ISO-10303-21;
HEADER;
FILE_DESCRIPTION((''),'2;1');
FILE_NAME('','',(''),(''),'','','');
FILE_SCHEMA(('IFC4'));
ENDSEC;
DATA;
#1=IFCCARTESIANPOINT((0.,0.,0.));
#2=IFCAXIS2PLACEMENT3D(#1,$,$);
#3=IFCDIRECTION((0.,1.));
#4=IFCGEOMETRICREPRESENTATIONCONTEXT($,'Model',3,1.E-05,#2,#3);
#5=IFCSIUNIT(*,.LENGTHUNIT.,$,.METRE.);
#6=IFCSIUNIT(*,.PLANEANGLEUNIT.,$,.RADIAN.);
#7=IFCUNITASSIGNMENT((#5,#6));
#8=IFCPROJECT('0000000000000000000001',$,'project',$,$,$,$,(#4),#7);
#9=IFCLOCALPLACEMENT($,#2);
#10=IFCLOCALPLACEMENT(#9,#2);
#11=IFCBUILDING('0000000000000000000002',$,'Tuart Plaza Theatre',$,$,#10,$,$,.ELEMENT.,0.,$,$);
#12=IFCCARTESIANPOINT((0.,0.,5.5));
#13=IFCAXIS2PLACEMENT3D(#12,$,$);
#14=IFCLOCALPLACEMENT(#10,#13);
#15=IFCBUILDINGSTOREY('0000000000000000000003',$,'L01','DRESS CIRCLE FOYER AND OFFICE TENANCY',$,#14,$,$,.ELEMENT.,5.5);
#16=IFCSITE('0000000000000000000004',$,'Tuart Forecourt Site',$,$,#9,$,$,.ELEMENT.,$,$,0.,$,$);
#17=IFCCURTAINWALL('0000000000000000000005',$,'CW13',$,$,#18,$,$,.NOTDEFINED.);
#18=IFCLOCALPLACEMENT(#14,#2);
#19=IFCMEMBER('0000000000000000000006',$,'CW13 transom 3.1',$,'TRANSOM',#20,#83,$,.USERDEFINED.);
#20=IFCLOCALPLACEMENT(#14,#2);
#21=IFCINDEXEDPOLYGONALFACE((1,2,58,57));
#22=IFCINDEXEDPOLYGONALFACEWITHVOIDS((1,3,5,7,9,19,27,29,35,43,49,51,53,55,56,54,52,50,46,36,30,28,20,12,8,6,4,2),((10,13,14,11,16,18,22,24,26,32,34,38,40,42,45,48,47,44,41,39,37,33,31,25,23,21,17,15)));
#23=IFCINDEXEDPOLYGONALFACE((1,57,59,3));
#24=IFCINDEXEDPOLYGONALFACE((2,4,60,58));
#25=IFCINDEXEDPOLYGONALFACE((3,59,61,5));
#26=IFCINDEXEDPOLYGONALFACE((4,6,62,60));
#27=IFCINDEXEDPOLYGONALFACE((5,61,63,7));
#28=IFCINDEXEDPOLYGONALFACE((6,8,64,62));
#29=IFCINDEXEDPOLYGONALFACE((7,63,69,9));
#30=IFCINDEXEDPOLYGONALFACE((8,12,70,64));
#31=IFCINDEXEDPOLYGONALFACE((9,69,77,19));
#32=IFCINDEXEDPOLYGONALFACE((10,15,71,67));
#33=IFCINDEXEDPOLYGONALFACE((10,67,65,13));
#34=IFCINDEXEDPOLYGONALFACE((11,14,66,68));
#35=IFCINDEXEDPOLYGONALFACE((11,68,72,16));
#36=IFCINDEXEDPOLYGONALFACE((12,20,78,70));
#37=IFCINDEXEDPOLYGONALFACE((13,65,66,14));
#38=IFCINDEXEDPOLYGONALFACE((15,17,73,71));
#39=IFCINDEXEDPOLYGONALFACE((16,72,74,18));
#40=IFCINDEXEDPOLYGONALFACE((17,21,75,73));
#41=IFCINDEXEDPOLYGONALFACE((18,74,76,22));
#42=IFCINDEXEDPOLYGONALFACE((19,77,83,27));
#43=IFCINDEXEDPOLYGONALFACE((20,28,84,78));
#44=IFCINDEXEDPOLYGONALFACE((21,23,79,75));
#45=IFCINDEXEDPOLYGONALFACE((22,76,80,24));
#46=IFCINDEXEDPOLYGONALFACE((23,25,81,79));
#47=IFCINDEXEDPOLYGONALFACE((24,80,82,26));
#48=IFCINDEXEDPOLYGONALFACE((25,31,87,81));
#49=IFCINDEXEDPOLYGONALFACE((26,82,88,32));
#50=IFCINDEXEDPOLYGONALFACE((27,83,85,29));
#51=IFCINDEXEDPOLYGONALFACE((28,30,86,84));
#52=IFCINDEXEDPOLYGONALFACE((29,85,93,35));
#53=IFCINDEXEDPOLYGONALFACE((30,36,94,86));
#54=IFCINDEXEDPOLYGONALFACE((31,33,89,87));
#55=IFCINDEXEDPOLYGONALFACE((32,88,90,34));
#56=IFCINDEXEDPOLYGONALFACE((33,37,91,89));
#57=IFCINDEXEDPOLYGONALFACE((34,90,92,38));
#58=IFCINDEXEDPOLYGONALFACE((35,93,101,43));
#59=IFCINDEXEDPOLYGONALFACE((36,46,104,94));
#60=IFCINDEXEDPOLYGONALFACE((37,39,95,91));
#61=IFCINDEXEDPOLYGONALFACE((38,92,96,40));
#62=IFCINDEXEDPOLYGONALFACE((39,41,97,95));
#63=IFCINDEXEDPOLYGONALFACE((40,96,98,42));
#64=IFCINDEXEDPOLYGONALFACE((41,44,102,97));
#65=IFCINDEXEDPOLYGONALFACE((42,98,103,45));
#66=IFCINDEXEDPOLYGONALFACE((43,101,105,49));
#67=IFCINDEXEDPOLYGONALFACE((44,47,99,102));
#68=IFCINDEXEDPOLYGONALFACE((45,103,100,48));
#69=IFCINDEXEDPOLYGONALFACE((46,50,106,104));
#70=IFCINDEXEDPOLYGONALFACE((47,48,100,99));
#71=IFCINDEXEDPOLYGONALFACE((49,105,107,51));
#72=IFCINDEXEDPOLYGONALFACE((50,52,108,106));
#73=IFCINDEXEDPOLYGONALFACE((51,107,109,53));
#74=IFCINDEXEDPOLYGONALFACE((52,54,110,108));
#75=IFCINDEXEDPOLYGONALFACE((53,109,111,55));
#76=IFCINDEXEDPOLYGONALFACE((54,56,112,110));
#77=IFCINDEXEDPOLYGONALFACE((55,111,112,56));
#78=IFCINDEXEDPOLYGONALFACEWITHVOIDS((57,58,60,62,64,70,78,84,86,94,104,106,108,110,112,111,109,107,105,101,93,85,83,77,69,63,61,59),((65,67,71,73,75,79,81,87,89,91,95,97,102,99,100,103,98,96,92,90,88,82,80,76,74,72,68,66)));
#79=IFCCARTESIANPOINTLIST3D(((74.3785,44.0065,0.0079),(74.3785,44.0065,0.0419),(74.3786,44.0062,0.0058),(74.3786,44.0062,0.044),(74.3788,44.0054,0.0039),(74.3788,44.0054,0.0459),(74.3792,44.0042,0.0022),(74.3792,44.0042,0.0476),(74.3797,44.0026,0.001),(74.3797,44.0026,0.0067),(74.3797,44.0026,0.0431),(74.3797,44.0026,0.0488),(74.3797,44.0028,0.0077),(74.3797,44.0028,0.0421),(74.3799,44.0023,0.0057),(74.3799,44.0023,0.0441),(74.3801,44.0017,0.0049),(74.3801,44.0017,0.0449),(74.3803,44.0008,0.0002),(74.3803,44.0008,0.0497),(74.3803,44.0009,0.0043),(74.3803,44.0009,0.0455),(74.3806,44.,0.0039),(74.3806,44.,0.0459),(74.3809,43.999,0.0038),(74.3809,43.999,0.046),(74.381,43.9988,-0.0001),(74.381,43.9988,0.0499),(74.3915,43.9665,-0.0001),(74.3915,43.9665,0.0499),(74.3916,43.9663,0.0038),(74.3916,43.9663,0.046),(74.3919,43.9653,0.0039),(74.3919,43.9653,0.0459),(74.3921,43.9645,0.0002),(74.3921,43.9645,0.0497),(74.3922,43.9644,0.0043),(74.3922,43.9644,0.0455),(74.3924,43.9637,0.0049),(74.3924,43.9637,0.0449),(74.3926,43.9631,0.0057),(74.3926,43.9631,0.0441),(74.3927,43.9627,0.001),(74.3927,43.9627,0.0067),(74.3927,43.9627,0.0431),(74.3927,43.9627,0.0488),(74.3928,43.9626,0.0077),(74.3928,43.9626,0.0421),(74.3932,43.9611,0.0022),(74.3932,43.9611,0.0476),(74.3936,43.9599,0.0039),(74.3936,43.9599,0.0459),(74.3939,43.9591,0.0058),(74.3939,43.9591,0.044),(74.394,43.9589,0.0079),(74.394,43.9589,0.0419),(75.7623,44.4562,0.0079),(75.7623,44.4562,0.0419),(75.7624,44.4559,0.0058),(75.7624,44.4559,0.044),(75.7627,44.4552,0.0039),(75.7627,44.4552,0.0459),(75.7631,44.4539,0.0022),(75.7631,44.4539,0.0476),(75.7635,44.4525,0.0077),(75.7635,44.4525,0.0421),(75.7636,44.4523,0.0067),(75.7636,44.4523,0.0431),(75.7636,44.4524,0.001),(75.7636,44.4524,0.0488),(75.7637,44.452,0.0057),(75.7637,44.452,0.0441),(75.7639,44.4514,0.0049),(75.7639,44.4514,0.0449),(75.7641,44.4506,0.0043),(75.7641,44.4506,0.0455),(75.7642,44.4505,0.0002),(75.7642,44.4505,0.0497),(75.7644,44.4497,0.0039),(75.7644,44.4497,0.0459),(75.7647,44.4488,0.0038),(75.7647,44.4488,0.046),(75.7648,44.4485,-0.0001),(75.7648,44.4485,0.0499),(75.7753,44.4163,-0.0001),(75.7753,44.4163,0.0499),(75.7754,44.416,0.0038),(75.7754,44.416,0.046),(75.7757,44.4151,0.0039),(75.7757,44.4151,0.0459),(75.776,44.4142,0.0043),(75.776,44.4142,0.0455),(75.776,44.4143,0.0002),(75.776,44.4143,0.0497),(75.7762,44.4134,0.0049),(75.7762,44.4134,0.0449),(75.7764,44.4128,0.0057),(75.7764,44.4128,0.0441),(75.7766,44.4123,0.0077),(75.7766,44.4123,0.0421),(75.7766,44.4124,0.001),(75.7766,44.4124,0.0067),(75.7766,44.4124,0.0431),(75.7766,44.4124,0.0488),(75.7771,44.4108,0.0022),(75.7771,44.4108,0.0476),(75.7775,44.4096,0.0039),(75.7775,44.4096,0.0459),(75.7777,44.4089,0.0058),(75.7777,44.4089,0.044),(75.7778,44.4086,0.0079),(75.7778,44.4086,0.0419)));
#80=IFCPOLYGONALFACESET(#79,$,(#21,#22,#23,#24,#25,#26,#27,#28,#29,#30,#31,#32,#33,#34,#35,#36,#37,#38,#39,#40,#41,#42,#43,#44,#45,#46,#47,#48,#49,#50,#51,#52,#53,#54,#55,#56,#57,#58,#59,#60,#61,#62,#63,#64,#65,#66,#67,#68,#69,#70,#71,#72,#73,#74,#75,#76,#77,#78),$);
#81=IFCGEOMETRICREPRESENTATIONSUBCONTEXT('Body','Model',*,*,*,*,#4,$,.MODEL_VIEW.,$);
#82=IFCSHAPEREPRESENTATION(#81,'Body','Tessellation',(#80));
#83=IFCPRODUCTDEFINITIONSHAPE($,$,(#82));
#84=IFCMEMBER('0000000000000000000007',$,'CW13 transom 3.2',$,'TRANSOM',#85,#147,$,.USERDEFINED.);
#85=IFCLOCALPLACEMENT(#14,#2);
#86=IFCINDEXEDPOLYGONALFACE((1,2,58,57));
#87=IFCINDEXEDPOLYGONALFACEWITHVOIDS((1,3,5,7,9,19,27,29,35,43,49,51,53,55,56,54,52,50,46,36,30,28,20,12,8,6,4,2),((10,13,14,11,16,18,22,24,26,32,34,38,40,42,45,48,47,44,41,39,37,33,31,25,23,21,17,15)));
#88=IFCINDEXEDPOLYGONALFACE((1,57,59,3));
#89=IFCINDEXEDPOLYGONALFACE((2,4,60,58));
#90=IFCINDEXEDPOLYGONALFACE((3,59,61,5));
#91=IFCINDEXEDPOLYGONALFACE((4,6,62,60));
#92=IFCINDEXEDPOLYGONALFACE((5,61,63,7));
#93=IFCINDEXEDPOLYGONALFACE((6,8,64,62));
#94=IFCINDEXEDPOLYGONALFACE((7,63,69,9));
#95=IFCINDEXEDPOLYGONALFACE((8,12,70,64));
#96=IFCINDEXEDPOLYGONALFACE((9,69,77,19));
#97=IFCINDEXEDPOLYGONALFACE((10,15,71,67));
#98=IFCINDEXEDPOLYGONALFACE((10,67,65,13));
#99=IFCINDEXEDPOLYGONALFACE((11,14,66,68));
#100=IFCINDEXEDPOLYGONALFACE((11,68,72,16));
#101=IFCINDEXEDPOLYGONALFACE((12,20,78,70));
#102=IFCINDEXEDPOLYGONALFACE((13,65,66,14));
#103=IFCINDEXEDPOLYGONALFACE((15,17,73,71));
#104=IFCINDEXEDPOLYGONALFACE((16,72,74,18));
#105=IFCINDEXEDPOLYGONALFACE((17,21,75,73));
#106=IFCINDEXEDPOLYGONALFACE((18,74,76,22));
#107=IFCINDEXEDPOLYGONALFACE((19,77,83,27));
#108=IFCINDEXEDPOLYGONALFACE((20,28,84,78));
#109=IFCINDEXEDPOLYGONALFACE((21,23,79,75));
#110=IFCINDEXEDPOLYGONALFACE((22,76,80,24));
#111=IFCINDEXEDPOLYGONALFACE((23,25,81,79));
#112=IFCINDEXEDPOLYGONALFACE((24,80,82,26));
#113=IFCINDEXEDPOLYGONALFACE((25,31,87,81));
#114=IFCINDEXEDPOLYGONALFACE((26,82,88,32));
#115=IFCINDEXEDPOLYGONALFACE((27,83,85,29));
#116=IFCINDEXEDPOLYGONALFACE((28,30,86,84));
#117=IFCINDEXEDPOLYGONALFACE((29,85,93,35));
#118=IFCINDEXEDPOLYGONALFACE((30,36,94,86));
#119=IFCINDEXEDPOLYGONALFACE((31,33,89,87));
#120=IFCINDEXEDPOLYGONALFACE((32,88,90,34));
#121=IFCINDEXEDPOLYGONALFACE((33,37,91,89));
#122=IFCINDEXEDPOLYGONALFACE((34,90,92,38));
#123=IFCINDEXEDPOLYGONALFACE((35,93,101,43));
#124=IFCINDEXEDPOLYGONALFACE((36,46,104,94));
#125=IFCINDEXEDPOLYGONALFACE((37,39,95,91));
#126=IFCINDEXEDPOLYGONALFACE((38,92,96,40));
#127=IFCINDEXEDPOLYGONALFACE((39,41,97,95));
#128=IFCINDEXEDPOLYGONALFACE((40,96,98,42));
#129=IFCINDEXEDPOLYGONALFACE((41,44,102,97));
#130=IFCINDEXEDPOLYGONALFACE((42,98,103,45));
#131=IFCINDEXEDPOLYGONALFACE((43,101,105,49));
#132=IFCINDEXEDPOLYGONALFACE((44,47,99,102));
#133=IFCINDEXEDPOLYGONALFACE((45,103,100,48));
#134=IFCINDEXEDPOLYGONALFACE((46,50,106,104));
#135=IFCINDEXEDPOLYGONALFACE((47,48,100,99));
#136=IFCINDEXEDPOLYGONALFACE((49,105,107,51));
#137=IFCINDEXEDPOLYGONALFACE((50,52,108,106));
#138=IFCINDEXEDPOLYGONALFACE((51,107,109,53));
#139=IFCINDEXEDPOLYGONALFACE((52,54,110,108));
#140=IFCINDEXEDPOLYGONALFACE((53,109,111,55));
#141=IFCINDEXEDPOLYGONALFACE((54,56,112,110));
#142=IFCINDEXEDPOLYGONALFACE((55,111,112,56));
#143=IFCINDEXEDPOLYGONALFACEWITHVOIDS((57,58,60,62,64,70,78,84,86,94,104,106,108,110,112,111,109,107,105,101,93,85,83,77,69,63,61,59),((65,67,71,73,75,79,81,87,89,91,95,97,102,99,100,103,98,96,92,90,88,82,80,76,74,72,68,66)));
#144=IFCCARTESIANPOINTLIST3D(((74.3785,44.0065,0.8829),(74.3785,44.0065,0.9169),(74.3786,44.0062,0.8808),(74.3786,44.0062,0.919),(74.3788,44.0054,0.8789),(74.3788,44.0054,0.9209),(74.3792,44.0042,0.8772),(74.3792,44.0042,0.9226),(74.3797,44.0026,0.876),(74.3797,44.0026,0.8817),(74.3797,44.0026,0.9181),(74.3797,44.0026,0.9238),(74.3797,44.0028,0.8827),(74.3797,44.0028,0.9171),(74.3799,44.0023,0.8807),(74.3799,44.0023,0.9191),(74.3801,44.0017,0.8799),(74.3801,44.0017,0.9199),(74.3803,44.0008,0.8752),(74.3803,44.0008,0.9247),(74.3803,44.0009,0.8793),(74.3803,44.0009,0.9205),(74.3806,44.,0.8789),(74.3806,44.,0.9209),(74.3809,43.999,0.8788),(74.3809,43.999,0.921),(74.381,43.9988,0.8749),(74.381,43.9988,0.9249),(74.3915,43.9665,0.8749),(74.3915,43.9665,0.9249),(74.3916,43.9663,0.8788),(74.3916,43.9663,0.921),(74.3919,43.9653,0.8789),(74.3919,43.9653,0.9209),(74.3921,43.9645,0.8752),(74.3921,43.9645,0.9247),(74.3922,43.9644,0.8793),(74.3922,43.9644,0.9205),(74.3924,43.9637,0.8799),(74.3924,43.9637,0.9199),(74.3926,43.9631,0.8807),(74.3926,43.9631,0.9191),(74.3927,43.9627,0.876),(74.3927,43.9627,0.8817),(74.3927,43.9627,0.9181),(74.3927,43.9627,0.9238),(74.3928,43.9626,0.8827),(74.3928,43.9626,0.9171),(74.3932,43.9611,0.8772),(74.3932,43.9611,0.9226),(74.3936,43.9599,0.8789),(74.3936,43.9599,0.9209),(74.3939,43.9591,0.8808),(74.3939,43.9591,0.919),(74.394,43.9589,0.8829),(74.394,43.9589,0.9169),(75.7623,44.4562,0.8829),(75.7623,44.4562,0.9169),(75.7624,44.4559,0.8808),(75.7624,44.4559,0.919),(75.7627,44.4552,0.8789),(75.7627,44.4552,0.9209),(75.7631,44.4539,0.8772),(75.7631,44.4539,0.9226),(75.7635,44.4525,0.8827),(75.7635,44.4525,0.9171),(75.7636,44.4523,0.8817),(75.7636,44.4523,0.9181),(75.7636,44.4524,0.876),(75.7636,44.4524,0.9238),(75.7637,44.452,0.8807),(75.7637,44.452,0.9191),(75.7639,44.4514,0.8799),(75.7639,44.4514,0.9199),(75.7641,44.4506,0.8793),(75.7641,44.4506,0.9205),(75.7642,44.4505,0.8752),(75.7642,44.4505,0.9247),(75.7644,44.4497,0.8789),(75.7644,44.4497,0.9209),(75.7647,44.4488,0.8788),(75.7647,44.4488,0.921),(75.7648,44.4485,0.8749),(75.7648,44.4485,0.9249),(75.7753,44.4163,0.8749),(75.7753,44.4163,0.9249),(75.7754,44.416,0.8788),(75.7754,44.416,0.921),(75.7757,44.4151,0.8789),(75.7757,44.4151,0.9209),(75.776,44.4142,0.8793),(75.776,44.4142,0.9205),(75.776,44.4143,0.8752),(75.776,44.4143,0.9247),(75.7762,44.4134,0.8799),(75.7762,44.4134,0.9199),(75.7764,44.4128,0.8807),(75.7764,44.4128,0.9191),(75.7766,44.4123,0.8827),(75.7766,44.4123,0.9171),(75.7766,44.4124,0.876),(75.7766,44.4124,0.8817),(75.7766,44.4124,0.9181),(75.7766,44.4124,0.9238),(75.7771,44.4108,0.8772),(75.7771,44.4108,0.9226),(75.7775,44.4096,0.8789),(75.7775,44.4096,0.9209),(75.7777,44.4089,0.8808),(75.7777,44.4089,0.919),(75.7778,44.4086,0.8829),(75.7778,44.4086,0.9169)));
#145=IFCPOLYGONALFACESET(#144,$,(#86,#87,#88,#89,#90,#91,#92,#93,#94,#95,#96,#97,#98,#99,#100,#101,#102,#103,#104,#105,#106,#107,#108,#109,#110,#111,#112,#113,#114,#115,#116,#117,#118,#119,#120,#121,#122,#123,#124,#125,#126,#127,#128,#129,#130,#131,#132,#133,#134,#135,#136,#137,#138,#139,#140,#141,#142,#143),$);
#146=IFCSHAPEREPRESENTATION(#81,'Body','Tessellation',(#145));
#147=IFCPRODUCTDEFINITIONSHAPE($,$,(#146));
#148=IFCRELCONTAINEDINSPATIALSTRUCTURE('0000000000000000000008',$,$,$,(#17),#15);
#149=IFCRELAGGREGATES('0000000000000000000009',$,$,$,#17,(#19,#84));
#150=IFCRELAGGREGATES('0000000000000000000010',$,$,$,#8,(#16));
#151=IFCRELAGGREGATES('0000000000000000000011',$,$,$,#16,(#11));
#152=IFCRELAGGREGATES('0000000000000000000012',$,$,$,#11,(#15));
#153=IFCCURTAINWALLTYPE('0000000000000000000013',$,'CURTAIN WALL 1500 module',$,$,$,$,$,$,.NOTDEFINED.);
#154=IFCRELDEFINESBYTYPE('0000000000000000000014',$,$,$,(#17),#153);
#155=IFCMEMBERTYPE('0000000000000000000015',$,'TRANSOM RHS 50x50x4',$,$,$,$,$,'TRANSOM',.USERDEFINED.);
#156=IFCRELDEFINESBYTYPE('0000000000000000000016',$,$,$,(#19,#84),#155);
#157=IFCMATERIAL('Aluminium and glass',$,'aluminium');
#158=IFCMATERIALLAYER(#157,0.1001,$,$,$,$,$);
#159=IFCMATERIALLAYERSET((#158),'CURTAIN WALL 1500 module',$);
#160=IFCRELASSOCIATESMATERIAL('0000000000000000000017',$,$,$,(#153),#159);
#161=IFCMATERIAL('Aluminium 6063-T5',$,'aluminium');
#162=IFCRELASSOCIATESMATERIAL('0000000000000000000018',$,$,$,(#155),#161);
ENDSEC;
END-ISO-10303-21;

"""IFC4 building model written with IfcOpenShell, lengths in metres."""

from ifc_helpers import new_model, si_unit, direction, frame, origin, origin_2d, place, context, subcontext, project, spatial, hollow_rectangle, extrude, material, layer, layer_set, material_profile, profile_set, type_object, element, aggregate, save


model = new_model("IFC4")

# Units and contexts
model_context = context("Model", 3, precision=1e-05, world=origin(), true_north=direction((0.0, 1.0)))
body_context = subcontext(model_context, "Body", "Model", "MODEL_VIEW")
ifc_project = project(units=[si_unit("LENGTHUNIT", "METRE"), si_unit("PLANEANGLEUNIT", "RADIAN")], contexts=[model_context])

# Site, building, storey
site_placement = place(None, origin())
site = spatial("IfcSite", under=ifc_project, at=site_placement, Name="Tuart Forecourt Site", CompositionType="ELEMENT", RefElevation=0.0)
building_placement = place(site_placement, origin())
building = spatial("IfcBuilding", under=site, at=building_placement, Name="Tuart Plaza Theatre", CompositionType="ELEMENT", ElevationOfRefHeight=0.0)
storey_placement = place(building_placement, frame((0.0, 0.0, 5.5)))
storey = spatial("IfcBuildingStorey", under=building, at=storey_placement, Name="L01", Description="DRESS CIRCLE FOYER AND OFFICE TENANCY", CompositionType="ELEMENT", Elevation=5.5)

# Curtain wall, members
ifc_material_1 = material(Name="Aluminium and glass", Category="aluminium")
ifc_layer_1 = layer(ifc_material_1, 0.1001)
ifc_layer_set_1 = layer_set([ifc_layer_1], Name="CURTAIN WALL 1500 module")
curtain_wall_type = type_object("IfcCurtainWallType", Name="CURTAIN WALL 1500 module", PredefinedType="NOTDEFINED", material=ifc_layer_set_1)
curtain_wall_placement = place(storey_placement, origin())
curtain_wall = element("IfcCurtainWall", 1, at=curtain_wall_placement, inside=storey, type_object=curtain_wall_type, Name="CW13", PredefinedType="NOTDEFINED")
ifc_material_2 = material(Name="Aluminium 6063-T5", Category="aluminium")
ifc_material_profile_1 = material_profile(ifc_material_2, hollow_rectangle(XDim=0.05, YDim=0.05, WallThickness=0.0039, InnerFilletRadius=0.0039, OuterFilletRadius=0.0081, at=origin_2d()), Name="RHS 50x50x4")
ifc_profile_set_1 = profile_set([ifc_material_profile_1], Name="Aluminium 6063-T5")
member_type_1 = type_object("IfcMemberType", Name="TRANSOM RHS 50x50x4", ElementType="TRANSOM", PredefinedType="USERDEFINED", material=ifc_profile_set_1)
member_1_placement = place(storey_placement, frame((74.3862, 43.9827, 0.0249), z_axis=(0.951039, 0.309071, 0.0), x_axis=(-0.309071, 0.951039, 0.0)))
member_1 = element("IfcMember", 2, at=member_1_placement, type_object=member_type_1, Name="CW13 transom 3.1", ObjectType="TRANSOM", PredefinedType="USERDEFINED", context=body_context, shape_type="SweptSolid", body=[
    extrude(hollow_rectangle(XDim=0.05, YDim=0.05, WallThickness=0.0039, InnerFilletRadius=0.0039, OuterFilletRadius=0.0081, at=origin_2d()), origin(), (0.0, 0.0, 1.0), 1.4551),
])
member_2_placement = place(storey_placement, frame((74.3862, 43.9827, 0.8999), z_axis=(0.951039, 0.309071, 0.0), x_axis=(-0.309071, 0.951039, 0.0)))
member_2 = element("IfcMember", 3, at=member_2_placement, type_object=member_type_1, Name="CW13 transom 3.2", ObjectType="TRANSOM", PredefinedType="USERDEFINED", context=body_context, shape_type="SweptSolid", body=[
    extrude(hollow_rectangle(XDim=0.05, YDim=0.05, WallThickness=0.0039, InnerFilletRadius=0.0039, OuterFilletRadius=0.0081, at=origin_2d()), origin(), (0.0, 0.0, 1.0), 1.4551),
])
aggregate(curtain_wall, [member_1, member_2])

save(model, "model.ifc")
